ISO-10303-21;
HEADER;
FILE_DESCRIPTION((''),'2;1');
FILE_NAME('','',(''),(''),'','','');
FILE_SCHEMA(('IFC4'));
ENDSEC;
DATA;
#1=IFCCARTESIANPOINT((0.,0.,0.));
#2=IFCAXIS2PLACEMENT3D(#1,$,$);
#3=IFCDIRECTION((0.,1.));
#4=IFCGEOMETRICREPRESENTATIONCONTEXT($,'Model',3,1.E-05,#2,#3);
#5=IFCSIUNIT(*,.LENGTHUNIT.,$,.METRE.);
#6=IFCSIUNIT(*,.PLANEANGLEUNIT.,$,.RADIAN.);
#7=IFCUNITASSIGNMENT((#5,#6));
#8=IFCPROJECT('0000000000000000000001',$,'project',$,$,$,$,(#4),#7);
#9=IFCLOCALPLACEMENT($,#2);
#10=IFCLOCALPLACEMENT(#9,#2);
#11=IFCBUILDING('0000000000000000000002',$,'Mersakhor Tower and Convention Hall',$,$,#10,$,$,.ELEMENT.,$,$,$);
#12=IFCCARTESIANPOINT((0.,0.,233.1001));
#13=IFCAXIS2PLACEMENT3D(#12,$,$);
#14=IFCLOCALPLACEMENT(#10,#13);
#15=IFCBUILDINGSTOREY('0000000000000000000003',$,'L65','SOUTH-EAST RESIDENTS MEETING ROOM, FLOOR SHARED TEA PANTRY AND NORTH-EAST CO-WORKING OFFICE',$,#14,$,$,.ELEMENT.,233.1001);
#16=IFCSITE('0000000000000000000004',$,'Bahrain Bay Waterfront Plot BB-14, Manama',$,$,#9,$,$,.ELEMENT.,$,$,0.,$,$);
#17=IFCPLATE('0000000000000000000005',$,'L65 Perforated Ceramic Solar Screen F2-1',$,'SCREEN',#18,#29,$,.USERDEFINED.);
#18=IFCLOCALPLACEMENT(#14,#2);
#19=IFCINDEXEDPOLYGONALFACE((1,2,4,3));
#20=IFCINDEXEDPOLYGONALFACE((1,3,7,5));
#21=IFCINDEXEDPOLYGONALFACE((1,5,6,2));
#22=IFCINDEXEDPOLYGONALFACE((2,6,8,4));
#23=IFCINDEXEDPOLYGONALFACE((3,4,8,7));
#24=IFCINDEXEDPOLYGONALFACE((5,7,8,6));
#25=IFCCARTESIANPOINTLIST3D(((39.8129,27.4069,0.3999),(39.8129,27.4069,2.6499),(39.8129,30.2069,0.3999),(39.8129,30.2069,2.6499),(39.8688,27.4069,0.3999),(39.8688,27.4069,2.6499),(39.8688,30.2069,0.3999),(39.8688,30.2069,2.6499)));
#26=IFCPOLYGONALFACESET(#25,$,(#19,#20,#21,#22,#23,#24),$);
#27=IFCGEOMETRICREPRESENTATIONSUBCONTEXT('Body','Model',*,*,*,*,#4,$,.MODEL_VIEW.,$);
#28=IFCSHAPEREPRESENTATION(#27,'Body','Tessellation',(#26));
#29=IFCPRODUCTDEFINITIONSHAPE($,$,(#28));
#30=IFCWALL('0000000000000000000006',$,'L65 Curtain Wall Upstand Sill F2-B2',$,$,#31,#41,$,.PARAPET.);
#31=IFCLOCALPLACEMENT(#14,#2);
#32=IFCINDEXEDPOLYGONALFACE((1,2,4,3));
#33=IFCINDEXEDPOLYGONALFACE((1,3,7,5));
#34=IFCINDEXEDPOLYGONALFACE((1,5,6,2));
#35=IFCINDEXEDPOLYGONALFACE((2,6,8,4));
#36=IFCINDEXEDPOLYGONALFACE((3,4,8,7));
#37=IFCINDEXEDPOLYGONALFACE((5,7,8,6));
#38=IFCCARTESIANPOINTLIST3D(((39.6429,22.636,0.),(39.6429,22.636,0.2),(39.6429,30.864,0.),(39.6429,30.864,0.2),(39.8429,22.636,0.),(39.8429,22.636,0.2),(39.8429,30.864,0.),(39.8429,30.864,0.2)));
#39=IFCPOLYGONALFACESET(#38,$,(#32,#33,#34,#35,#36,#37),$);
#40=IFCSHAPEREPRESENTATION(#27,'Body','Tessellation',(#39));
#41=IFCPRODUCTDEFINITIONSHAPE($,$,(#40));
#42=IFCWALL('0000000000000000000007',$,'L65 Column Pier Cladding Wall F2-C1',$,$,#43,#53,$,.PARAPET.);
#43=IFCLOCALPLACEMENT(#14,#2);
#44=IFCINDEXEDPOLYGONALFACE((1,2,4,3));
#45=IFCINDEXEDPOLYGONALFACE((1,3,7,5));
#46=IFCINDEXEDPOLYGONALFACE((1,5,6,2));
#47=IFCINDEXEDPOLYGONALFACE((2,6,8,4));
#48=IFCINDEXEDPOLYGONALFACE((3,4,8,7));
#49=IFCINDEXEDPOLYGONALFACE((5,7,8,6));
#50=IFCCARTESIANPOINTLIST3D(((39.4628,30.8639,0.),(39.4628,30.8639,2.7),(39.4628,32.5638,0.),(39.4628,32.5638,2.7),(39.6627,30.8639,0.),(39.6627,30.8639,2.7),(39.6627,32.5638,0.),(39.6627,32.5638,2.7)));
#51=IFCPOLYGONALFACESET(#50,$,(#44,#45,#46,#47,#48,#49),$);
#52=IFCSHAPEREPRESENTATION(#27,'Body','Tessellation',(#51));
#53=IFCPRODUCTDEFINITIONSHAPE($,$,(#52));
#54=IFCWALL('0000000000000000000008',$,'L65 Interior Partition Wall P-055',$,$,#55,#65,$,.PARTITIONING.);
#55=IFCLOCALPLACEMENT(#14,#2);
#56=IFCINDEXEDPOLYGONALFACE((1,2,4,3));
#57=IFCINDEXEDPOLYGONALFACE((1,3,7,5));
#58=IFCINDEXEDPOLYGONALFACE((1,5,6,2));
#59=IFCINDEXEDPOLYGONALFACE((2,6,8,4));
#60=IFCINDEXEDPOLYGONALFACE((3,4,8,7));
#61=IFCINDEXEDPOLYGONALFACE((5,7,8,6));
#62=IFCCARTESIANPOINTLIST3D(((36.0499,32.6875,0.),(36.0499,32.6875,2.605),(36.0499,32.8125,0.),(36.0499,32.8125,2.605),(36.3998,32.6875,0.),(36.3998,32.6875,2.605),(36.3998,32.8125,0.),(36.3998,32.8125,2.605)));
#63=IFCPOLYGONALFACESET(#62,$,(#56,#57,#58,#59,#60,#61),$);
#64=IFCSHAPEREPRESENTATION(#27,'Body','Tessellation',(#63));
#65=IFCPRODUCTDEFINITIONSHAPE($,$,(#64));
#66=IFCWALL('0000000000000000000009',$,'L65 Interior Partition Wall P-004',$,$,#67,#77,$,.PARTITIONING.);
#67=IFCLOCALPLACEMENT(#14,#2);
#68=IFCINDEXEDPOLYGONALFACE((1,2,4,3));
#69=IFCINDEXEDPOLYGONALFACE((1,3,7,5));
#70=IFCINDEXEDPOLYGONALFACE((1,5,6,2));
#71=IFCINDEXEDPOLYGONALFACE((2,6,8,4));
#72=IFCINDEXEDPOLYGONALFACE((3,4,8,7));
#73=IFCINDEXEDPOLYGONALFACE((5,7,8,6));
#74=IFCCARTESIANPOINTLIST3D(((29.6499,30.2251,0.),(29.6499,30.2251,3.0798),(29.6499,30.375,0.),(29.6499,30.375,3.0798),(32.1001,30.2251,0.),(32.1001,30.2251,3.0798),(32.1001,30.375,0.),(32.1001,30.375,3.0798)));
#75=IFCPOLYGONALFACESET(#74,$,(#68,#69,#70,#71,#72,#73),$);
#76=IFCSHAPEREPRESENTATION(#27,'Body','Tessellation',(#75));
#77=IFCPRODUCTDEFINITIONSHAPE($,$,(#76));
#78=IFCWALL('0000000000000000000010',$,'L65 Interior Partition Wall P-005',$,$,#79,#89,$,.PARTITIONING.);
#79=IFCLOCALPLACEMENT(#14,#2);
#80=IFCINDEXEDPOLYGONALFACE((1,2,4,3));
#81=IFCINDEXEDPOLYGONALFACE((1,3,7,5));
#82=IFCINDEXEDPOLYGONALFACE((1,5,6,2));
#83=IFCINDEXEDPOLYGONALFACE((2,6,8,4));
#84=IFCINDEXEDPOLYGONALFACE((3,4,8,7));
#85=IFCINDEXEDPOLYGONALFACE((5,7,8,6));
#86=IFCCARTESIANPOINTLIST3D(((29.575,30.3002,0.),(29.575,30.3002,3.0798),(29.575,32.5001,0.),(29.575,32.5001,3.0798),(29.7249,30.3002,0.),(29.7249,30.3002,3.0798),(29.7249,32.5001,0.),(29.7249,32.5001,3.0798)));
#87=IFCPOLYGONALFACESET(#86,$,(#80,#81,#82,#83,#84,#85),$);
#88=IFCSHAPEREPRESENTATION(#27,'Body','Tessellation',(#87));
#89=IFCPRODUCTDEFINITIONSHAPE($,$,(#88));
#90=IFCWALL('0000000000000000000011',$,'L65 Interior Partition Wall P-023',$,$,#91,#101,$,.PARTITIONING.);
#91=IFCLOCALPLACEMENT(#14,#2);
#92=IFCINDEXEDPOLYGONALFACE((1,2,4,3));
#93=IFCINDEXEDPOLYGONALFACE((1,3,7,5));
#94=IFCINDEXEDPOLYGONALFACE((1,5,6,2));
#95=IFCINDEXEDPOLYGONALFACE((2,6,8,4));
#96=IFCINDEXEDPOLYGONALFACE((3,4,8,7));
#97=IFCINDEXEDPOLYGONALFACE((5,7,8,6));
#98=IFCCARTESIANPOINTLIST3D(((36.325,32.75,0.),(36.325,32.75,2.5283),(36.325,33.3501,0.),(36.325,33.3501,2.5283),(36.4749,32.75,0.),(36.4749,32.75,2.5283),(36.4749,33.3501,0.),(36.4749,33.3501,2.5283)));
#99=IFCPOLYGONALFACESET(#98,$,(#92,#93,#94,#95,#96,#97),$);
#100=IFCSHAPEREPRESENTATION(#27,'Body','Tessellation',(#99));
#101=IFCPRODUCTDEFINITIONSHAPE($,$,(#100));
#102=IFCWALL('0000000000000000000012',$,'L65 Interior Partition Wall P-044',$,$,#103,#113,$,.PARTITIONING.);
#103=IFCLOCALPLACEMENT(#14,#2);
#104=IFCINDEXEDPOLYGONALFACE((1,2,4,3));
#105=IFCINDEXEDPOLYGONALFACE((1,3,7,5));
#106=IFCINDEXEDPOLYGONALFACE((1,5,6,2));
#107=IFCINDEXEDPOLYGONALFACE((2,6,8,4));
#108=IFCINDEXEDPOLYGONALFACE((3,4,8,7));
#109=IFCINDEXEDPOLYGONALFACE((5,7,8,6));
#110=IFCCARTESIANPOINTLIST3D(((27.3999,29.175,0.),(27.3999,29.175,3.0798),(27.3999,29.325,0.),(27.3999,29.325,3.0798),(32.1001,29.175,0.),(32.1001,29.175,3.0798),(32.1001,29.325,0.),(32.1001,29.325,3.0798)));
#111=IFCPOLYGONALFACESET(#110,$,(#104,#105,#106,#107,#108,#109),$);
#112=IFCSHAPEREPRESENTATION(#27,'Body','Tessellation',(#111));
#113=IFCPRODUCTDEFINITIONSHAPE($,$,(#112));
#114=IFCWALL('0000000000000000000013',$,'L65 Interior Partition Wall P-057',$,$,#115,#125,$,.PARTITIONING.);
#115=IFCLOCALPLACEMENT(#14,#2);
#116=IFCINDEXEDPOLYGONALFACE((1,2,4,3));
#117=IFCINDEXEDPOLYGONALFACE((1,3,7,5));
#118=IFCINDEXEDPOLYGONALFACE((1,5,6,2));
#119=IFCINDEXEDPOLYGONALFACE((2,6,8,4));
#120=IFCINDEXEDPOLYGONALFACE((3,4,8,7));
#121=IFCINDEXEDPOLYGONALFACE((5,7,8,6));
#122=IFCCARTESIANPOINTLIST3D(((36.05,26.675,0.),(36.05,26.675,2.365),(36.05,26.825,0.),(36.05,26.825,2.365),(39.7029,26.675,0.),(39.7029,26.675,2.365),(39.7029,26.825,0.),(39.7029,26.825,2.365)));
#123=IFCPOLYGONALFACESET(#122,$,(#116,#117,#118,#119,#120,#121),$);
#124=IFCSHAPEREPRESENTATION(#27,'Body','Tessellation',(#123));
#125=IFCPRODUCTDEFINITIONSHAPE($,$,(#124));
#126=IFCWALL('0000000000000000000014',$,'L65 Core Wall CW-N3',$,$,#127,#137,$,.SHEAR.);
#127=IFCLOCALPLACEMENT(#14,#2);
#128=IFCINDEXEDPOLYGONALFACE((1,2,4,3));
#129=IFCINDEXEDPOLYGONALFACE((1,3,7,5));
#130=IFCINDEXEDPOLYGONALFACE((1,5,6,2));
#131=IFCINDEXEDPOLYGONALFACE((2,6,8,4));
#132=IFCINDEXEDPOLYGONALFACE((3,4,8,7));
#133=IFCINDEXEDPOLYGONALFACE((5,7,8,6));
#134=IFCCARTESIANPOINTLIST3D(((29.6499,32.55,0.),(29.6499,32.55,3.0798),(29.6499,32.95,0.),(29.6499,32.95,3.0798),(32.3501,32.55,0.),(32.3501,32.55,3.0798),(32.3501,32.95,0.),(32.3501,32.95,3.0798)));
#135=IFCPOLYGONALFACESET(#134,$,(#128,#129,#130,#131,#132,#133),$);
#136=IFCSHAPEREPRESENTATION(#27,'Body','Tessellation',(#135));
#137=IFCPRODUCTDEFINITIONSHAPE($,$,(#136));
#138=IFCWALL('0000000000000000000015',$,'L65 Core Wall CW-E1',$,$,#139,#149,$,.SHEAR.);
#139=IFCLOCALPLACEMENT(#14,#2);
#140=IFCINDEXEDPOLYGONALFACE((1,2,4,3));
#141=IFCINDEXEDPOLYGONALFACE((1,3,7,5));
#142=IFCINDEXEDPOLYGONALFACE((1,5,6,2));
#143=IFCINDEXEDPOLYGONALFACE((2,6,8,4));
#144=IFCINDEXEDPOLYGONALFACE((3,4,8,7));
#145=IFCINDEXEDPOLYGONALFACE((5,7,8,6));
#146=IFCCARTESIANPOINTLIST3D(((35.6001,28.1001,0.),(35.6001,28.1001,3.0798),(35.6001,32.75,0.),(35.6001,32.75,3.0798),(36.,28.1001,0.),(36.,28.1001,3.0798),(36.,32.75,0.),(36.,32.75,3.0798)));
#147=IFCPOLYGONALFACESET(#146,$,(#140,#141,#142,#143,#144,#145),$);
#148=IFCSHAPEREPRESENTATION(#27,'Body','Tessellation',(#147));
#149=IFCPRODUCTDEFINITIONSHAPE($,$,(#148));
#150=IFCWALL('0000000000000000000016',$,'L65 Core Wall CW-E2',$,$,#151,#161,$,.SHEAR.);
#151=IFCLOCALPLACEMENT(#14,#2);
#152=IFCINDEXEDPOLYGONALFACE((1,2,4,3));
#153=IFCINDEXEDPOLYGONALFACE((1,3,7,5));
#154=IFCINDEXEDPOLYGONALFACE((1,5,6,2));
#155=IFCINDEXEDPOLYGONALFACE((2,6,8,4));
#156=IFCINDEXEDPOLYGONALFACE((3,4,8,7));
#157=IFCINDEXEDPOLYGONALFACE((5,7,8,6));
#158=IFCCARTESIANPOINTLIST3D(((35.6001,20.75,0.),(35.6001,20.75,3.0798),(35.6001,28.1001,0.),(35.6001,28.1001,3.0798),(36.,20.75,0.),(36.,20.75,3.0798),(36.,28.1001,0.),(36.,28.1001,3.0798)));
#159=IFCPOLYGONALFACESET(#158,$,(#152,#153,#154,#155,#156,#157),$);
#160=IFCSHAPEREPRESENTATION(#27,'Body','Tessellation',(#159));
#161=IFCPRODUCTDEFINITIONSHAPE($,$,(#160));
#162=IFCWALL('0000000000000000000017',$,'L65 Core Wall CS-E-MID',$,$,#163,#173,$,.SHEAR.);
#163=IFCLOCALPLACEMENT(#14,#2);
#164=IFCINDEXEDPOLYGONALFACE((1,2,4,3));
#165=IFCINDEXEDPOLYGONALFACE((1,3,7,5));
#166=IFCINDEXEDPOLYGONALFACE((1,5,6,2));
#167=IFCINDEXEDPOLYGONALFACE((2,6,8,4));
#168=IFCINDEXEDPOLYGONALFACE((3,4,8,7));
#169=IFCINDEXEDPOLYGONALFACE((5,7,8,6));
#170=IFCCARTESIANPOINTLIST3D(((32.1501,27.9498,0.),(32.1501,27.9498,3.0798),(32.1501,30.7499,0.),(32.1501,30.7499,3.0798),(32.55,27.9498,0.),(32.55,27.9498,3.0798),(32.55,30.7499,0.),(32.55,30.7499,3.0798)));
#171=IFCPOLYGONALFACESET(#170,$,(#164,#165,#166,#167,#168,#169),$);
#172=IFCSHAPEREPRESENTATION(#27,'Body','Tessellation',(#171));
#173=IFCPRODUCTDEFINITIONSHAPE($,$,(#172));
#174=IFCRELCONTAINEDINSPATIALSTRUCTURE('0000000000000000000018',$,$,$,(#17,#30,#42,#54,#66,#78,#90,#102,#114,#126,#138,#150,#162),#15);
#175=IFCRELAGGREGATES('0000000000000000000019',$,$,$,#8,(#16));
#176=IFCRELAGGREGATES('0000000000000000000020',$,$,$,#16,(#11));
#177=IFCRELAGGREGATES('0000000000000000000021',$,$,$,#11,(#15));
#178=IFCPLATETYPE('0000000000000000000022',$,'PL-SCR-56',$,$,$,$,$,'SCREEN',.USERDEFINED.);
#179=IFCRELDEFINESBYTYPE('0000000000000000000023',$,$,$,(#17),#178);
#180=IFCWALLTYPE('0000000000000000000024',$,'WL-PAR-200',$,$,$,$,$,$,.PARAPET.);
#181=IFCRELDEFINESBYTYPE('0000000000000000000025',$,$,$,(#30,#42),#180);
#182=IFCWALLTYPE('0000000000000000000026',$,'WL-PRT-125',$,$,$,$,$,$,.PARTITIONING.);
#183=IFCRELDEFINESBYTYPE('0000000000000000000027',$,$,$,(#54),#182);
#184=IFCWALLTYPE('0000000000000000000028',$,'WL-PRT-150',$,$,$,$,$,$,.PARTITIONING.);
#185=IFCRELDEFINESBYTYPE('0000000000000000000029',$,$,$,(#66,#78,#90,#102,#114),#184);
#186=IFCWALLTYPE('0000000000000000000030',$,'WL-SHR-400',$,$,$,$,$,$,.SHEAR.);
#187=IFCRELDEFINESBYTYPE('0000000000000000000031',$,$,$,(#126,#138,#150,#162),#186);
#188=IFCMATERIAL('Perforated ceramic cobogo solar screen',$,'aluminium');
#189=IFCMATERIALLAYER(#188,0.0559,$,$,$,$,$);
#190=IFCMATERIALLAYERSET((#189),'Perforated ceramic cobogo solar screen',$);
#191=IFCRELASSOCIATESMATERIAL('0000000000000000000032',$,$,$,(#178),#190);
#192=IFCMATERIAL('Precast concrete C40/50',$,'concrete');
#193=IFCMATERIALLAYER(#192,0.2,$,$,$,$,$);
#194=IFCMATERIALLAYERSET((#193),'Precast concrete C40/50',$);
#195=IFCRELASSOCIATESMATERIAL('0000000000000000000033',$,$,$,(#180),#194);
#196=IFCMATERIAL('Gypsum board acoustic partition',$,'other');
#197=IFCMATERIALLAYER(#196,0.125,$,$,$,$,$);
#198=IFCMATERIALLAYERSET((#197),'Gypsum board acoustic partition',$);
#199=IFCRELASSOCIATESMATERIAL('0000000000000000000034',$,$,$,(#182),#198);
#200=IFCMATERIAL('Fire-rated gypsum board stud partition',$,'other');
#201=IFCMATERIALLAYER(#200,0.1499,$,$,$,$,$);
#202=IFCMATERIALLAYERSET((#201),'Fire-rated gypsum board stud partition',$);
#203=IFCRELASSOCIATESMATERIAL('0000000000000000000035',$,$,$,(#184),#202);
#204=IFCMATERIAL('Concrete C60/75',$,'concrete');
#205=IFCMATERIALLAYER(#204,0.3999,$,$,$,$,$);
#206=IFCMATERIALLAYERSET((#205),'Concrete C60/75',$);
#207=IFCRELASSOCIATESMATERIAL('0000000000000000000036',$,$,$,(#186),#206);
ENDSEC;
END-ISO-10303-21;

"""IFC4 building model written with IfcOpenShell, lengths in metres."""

from ifc_helpers import new_model, si_unit, direction, frame, frame_2d, origin, origin_2d, place, context, subcontext, project, spatial, rectangle, extrude, material, layer, layer_set, type_object, element, save


model = new_model("IFC4")

# Units and contexts
model_context = context("Model", 3, precision=1e-05, world=origin(), true_north=direction((0.0, 1.0)))
body_context = subcontext(model_context, "Body", "Model", "MODEL_VIEW")
ifc_project = project(units=[si_unit("LENGTHUNIT", "METRE"), si_unit("PLANEANGLEUNIT", "RADIAN")], contexts=[model_context])

# Site, building, storey
site_placement = place(None, origin())
site = spatial("IfcSite", under=ifc_project, at=site_placement, Name="Bahrain Bay Waterfront Plot BB-14, Manama", CompositionType="ELEMENT", RefElevation=0.0)
building_placement = place(site_placement, origin())
building = spatial("IfcBuilding", under=site, at=building_placement, Name="Mersakhor Tower and Convention Hall", CompositionType="ELEMENT")
storey_placement = place(building_placement, frame((0.0, 0.0, 233.1001)))
storey = spatial("IfcBuildingStorey", under=building, at=storey_placement, Name="L65", Description="SOUTH-EAST RESIDENTS MEETING ROOM, FLOOR SHARED TEA PANTRY AND NORTH-EAST CO-WORKING OFFICE", CompositionType="ELEMENT", Elevation=233.1001)

# Plate
ifc_material_1 = material(Name="Perforated ceramic cobogo solar screen", Category="aluminium")
ifc_layer_1 = layer(ifc_material_1, 0.0559)
ifc_layer_set_1 = layer_set([ifc_layer_1], Name="Perforated ceramic cobogo solar screen")
plate_type_1 = type_object("IfcPlateType", Name="PL-SCR-56", ElementType="SCREEN", PredefinedType="USERDEFINED", material=ifc_layer_set_1)
plate_1_placement = place(storey_placement, frame((39.8408, 28.8069, 0.3999), z_axis=(0.0, 0.0, 1.0), x_axis=(0.0, -1.0, 0.0)))
element("IfcPlate", 1, at=plate_1_placement, inside=storey, type_object=plate_type_1, Name="L65 Perforated Ceramic Solar Screen F2-1", ObjectType="SCREEN", PredefinedType="USERDEFINED", context=body_context, shape_type="SweptSolid", body=[
    extrude(rectangle(XDim=2.8, YDim=0.0559, at=origin_2d()), origin(), (0.0, 0.0, 1.0), 2.25),
])

# Walls
ifc_material_2 = material(Name="Precast concrete C40/50", Category="concrete")
ifc_layer_2 = layer(ifc_material_2, 0.2)
ifc_layer_set_2 = layer_set([ifc_layer_2], Name="Precast concrete C40/50")
wall_type_1 = type_object("IfcWallType", Name="WL-PAR-200", PredefinedType="PARAPET", material=ifc_layer_set_2)
wall_1_placement = place(storey_placement, frame((39.7429, 30.864, 0.0), z_axis=(0.0, 0.0, 1.0), x_axis=(0.0, -1.0, 0.0)))
element("IfcWall", 2, at=wall_1_placement, inside=storey, type_object=wall_type_1, Name="L65 Curtain Wall Upstand Sill F2-B2", PredefinedType="PARAPET", context=body_context, shape_type="SweptSolid", body=[
    extrude(rectangle(XDim=8.228, YDim=0.2, at=frame_2d((4.114, 0.0))), origin(), (0.0, 0.0, 1.0), 0.2),
])
wall_2_placement = place(storey_placement, frame((39.5627, 32.564, 0.0), z_axis=(0.0, 0.0, 1.0), x_axis=(0.0, -1.0, 0.0)))
element("IfcWall", 3, at=wall_2_placement, inside=storey, type_object=wall_type_1, Name="L65 Column Pier Cladding Wall F2-C1", PredefinedType="PARAPET", context=body_context, shape_type="SweptSolid", body=[
    extrude(rectangle(XDim=1.7, YDim=0.2, at=frame_2d((0.8501, 0.0))), origin(), (0.0, 0.0, 1.0), 2.7),
])
ifc_material_3 = material(Name="Gypsum board acoustic partition", Category="other")
ifc_layer_3 = layer(ifc_material_3, 0.125)
ifc_layer_set_3 = layer_set([ifc_layer_3], Name="Gypsum board acoustic partition")
wall_type_2 = type_object("IfcWallType", Name="WL-PRT-125", PredefinedType="PARTITIONING", material=ifc_layer_set_3)
wall_3_placement = place(storey_placement, frame((36.05, 32.75, 0.0), z_axis=(0.0, 0.0, 1.0), x_axis=(1.0, 0.0, 0.0)))
element("IfcWall", 4, at=wall_3_placement, inside=storey, type_object=wall_type_2, Name="L65 Interior Partition Wall P-055", PredefinedType="PARTITIONING", context=body_context, shape_type="SweptSolid", body=[
    extrude(rectangle(XDim=0.3499, YDim=0.125, at=frame_2d((0.1748, 0.0))), origin(), (0.0, 0.0, 1.0), 2.605),
])
ifc_material_4 = material(Name="Fire-rated gypsum board stud partition", Category="other")
ifc_layer_4 = layer(ifc_material_4, 0.1499)
ifc_layer_set_4 = layer_set([ifc_layer_4], Name="Fire-rated gypsum board stud partition")
wall_type_3 = type_object("IfcWallType", Name="WL-PRT-150", PredefinedType="PARTITIONING", material=ifc_layer_set_4)
wall_4_placement = place(storey_placement, frame((32.1001, 30.3, 0.0), z_axis=(0.0, 0.0, 1.0), x_axis=(-1.0, 0.0, 0.0)))
element("IfcWall", 5, at=wall_4_placement, inside=storey, type_object=wall_type_3, Name="L65 Interior Partition Wall P-004", PredefinedType="PARTITIONING", context=body_context, shape_type="SweptSolid", body=[
    extrude(rectangle(XDim=2.4502, YDim=0.1499, at=frame_2d((1.2251, 0.0))), origin(), (0.0, 0.0, 1.0), 3.0798),
])
wall_5_placement = place(storey_placement, frame((29.6499, 30.3, 0.0), z_axis=(0.0, 0.0, 1.0), x_axis=(0.0, 1.0, 0.0)))
element("IfcWall", 6, at=wall_5_placement, inside=storey, type_object=wall_type_3, Name="L65 Interior Partition Wall P-005", PredefinedType="PARTITIONING", context=body_context, shape_type="SweptSolid", body=[
    extrude(rectangle(XDim=2.2, YDim=0.1499, at=frame_2d((1.1001, 0.0))), origin(), (0.0, 0.0, 1.0), 3.0798),
])

# Walls
wall_6_placement = place(storey_placement, frame((36.3999, 32.75, 0.0), z_axis=(0.0, 0.0, 1.0), x_axis=(0.0, 1.0, 0.0)))
element("IfcWall", 7, at=wall_6_placement, inside=storey, type_object=wall_type_3, Name="L65 Interior Partition Wall P-023", PredefinedType="PARTITIONING", context=body_context, shape_type="SweptSolid", body=[
    extrude(rectangle(XDim=0.6001, YDim=0.1499, at=frame_2d((0.3, 0.0))), origin(), (0.0, 0.0, 1.0), 2.5283),
])
wall_7_placement = place(storey_placement, frame((32.1001, 29.25, 0.0), z_axis=(0.0, 0.0, 1.0), x_axis=(-1.0, 0.0, 0.0)))
element("IfcWall", 8, at=wall_7_placement, inside=storey, type_object=wall_type_3, Name="L65 Interior Partition Wall P-044", PredefinedType="PARTITIONING", context=body_context, shape_type="SweptSolid", body=[
    extrude(rectangle(XDim=4.7002, YDim=0.1499, at=frame_2d((2.3501, 0.0))), origin(), (0.0, 0.0, 1.0), 3.0798),
])
wall_8_placement = place(storey_placement, frame((39.7029, 26.75, 0.0), z_axis=(0.0, 0.0, 1.0), x_axis=(-1.0, 0.0, 0.0)))
element("IfcWall", 9, at=wall_8_placement, inside=storey, type_object=wall_type_3, Name="L65 Interior Partition Wall P-057", PredefinedType="PARTITIONING", context=body_context, shape_type="SweptSolid", body=[
    extrude(rectangle(XDim=3.6528, YDim=0.1499, at=frame_2d((1.8264, 0.0))), origin(), (0.0, 0.0, 1.0), 2.365),
])

# Wall
ifc_material_5 = material(Name="Concrete C60/75", Category="concrete")
ifc_layer_5 = layer(ifc_material_5, 0.3999)
ifc_layer_set_5 = layer_set([ifc_layer_5], Name="Concrete C60/75")
wall_type_4 = type_object("IfcWallType", Name="WL-SHR-400", PredefinedType="SHEAR", material=ifc_layer_set_5)
wall_9_placement = place(storey_placement, frame((29.6499, 32.75, 0.0), z_axis=(0.0, 0.0, 1.0), x_axis=(1.0, 0.0, 0.0)))
element("IfcWall", 10, at=wall_9_placement, inside=storey, type_object=wall_type_4, Name="L65 Core Wall CW-N3", PredefinedType="SHEAR", context=body_context, shape_type="SweptSolid", body=[
    extrude(rectangle(XDim=2.7002, YDim=0.3999, at=frame_2d((1.3501, 0.0))), origin(), (0.0, 0.0, 1.0), 3.0798),
])

# Walls
wall_10_placement = place(storey_placement, frame((35.8, 32.75, 0.0), z_axis=(0.0, 0.0, 1.0), x_axis=(0.0, -1.0, 0.0)))
element("IfcWall", 11, at=wall_10_placement, inside=storey, type_object=wall_type_4, Name="L65 Core Wall CW-E1", PredefinedType="SHEAR", context=body_context, shape_type="SweptSolid", body=[
    extrude(rectangle(XDim=4.6499, YDim=0.3999, at=frame_2d((2.325, 0.0))), origin(), (0.0, 0.0, 1.0), 3.0798),
])
wall_11_placement = place(storey_placement, frame((35.8, 28.1001, 0.0), z_axis=(0.0, 0.0, 1.0), x_axis=(0.0, -1.0, 0.0)))
element("IfcWall", 12, at=wall_11_placement, inside=storey, type_object=wall_type_4, Name="L65 Core Wall CW-E2", PredefinedType="SHEAR", context=body_context, shape_type="SweptSolid", body=[
    extrude(rectangle(XDim=7.3501, YDim=0.3999, at=frame_2d((3.675, 0.0))), origin(), (0.0, 0.0, 1.0), 3.0798),
])
wall_12_placement = place(storey_placement, frame((32.3501, 27.95, 0.0), z_axis=(0.0, 0.0, 1.0), x_axis=(0.0, 1.0, 0.0)))
element("IfcWall", 13, at=wall_12_placement, inside=storey, type_object=wall_type_4, Name="L65 Core Wall CS-E-MID", PredefinedType="SHEAR", context=body_context, shape_type="SweptSolid", body=[
    extrude(rectangle(XDim=2.8, YDim=0.3999, at=frame_2d((1.3999, 0.0))), origin(), (0.0, 0.0, 1.0), 3.0798),
])

save(model, "model.ifc")
